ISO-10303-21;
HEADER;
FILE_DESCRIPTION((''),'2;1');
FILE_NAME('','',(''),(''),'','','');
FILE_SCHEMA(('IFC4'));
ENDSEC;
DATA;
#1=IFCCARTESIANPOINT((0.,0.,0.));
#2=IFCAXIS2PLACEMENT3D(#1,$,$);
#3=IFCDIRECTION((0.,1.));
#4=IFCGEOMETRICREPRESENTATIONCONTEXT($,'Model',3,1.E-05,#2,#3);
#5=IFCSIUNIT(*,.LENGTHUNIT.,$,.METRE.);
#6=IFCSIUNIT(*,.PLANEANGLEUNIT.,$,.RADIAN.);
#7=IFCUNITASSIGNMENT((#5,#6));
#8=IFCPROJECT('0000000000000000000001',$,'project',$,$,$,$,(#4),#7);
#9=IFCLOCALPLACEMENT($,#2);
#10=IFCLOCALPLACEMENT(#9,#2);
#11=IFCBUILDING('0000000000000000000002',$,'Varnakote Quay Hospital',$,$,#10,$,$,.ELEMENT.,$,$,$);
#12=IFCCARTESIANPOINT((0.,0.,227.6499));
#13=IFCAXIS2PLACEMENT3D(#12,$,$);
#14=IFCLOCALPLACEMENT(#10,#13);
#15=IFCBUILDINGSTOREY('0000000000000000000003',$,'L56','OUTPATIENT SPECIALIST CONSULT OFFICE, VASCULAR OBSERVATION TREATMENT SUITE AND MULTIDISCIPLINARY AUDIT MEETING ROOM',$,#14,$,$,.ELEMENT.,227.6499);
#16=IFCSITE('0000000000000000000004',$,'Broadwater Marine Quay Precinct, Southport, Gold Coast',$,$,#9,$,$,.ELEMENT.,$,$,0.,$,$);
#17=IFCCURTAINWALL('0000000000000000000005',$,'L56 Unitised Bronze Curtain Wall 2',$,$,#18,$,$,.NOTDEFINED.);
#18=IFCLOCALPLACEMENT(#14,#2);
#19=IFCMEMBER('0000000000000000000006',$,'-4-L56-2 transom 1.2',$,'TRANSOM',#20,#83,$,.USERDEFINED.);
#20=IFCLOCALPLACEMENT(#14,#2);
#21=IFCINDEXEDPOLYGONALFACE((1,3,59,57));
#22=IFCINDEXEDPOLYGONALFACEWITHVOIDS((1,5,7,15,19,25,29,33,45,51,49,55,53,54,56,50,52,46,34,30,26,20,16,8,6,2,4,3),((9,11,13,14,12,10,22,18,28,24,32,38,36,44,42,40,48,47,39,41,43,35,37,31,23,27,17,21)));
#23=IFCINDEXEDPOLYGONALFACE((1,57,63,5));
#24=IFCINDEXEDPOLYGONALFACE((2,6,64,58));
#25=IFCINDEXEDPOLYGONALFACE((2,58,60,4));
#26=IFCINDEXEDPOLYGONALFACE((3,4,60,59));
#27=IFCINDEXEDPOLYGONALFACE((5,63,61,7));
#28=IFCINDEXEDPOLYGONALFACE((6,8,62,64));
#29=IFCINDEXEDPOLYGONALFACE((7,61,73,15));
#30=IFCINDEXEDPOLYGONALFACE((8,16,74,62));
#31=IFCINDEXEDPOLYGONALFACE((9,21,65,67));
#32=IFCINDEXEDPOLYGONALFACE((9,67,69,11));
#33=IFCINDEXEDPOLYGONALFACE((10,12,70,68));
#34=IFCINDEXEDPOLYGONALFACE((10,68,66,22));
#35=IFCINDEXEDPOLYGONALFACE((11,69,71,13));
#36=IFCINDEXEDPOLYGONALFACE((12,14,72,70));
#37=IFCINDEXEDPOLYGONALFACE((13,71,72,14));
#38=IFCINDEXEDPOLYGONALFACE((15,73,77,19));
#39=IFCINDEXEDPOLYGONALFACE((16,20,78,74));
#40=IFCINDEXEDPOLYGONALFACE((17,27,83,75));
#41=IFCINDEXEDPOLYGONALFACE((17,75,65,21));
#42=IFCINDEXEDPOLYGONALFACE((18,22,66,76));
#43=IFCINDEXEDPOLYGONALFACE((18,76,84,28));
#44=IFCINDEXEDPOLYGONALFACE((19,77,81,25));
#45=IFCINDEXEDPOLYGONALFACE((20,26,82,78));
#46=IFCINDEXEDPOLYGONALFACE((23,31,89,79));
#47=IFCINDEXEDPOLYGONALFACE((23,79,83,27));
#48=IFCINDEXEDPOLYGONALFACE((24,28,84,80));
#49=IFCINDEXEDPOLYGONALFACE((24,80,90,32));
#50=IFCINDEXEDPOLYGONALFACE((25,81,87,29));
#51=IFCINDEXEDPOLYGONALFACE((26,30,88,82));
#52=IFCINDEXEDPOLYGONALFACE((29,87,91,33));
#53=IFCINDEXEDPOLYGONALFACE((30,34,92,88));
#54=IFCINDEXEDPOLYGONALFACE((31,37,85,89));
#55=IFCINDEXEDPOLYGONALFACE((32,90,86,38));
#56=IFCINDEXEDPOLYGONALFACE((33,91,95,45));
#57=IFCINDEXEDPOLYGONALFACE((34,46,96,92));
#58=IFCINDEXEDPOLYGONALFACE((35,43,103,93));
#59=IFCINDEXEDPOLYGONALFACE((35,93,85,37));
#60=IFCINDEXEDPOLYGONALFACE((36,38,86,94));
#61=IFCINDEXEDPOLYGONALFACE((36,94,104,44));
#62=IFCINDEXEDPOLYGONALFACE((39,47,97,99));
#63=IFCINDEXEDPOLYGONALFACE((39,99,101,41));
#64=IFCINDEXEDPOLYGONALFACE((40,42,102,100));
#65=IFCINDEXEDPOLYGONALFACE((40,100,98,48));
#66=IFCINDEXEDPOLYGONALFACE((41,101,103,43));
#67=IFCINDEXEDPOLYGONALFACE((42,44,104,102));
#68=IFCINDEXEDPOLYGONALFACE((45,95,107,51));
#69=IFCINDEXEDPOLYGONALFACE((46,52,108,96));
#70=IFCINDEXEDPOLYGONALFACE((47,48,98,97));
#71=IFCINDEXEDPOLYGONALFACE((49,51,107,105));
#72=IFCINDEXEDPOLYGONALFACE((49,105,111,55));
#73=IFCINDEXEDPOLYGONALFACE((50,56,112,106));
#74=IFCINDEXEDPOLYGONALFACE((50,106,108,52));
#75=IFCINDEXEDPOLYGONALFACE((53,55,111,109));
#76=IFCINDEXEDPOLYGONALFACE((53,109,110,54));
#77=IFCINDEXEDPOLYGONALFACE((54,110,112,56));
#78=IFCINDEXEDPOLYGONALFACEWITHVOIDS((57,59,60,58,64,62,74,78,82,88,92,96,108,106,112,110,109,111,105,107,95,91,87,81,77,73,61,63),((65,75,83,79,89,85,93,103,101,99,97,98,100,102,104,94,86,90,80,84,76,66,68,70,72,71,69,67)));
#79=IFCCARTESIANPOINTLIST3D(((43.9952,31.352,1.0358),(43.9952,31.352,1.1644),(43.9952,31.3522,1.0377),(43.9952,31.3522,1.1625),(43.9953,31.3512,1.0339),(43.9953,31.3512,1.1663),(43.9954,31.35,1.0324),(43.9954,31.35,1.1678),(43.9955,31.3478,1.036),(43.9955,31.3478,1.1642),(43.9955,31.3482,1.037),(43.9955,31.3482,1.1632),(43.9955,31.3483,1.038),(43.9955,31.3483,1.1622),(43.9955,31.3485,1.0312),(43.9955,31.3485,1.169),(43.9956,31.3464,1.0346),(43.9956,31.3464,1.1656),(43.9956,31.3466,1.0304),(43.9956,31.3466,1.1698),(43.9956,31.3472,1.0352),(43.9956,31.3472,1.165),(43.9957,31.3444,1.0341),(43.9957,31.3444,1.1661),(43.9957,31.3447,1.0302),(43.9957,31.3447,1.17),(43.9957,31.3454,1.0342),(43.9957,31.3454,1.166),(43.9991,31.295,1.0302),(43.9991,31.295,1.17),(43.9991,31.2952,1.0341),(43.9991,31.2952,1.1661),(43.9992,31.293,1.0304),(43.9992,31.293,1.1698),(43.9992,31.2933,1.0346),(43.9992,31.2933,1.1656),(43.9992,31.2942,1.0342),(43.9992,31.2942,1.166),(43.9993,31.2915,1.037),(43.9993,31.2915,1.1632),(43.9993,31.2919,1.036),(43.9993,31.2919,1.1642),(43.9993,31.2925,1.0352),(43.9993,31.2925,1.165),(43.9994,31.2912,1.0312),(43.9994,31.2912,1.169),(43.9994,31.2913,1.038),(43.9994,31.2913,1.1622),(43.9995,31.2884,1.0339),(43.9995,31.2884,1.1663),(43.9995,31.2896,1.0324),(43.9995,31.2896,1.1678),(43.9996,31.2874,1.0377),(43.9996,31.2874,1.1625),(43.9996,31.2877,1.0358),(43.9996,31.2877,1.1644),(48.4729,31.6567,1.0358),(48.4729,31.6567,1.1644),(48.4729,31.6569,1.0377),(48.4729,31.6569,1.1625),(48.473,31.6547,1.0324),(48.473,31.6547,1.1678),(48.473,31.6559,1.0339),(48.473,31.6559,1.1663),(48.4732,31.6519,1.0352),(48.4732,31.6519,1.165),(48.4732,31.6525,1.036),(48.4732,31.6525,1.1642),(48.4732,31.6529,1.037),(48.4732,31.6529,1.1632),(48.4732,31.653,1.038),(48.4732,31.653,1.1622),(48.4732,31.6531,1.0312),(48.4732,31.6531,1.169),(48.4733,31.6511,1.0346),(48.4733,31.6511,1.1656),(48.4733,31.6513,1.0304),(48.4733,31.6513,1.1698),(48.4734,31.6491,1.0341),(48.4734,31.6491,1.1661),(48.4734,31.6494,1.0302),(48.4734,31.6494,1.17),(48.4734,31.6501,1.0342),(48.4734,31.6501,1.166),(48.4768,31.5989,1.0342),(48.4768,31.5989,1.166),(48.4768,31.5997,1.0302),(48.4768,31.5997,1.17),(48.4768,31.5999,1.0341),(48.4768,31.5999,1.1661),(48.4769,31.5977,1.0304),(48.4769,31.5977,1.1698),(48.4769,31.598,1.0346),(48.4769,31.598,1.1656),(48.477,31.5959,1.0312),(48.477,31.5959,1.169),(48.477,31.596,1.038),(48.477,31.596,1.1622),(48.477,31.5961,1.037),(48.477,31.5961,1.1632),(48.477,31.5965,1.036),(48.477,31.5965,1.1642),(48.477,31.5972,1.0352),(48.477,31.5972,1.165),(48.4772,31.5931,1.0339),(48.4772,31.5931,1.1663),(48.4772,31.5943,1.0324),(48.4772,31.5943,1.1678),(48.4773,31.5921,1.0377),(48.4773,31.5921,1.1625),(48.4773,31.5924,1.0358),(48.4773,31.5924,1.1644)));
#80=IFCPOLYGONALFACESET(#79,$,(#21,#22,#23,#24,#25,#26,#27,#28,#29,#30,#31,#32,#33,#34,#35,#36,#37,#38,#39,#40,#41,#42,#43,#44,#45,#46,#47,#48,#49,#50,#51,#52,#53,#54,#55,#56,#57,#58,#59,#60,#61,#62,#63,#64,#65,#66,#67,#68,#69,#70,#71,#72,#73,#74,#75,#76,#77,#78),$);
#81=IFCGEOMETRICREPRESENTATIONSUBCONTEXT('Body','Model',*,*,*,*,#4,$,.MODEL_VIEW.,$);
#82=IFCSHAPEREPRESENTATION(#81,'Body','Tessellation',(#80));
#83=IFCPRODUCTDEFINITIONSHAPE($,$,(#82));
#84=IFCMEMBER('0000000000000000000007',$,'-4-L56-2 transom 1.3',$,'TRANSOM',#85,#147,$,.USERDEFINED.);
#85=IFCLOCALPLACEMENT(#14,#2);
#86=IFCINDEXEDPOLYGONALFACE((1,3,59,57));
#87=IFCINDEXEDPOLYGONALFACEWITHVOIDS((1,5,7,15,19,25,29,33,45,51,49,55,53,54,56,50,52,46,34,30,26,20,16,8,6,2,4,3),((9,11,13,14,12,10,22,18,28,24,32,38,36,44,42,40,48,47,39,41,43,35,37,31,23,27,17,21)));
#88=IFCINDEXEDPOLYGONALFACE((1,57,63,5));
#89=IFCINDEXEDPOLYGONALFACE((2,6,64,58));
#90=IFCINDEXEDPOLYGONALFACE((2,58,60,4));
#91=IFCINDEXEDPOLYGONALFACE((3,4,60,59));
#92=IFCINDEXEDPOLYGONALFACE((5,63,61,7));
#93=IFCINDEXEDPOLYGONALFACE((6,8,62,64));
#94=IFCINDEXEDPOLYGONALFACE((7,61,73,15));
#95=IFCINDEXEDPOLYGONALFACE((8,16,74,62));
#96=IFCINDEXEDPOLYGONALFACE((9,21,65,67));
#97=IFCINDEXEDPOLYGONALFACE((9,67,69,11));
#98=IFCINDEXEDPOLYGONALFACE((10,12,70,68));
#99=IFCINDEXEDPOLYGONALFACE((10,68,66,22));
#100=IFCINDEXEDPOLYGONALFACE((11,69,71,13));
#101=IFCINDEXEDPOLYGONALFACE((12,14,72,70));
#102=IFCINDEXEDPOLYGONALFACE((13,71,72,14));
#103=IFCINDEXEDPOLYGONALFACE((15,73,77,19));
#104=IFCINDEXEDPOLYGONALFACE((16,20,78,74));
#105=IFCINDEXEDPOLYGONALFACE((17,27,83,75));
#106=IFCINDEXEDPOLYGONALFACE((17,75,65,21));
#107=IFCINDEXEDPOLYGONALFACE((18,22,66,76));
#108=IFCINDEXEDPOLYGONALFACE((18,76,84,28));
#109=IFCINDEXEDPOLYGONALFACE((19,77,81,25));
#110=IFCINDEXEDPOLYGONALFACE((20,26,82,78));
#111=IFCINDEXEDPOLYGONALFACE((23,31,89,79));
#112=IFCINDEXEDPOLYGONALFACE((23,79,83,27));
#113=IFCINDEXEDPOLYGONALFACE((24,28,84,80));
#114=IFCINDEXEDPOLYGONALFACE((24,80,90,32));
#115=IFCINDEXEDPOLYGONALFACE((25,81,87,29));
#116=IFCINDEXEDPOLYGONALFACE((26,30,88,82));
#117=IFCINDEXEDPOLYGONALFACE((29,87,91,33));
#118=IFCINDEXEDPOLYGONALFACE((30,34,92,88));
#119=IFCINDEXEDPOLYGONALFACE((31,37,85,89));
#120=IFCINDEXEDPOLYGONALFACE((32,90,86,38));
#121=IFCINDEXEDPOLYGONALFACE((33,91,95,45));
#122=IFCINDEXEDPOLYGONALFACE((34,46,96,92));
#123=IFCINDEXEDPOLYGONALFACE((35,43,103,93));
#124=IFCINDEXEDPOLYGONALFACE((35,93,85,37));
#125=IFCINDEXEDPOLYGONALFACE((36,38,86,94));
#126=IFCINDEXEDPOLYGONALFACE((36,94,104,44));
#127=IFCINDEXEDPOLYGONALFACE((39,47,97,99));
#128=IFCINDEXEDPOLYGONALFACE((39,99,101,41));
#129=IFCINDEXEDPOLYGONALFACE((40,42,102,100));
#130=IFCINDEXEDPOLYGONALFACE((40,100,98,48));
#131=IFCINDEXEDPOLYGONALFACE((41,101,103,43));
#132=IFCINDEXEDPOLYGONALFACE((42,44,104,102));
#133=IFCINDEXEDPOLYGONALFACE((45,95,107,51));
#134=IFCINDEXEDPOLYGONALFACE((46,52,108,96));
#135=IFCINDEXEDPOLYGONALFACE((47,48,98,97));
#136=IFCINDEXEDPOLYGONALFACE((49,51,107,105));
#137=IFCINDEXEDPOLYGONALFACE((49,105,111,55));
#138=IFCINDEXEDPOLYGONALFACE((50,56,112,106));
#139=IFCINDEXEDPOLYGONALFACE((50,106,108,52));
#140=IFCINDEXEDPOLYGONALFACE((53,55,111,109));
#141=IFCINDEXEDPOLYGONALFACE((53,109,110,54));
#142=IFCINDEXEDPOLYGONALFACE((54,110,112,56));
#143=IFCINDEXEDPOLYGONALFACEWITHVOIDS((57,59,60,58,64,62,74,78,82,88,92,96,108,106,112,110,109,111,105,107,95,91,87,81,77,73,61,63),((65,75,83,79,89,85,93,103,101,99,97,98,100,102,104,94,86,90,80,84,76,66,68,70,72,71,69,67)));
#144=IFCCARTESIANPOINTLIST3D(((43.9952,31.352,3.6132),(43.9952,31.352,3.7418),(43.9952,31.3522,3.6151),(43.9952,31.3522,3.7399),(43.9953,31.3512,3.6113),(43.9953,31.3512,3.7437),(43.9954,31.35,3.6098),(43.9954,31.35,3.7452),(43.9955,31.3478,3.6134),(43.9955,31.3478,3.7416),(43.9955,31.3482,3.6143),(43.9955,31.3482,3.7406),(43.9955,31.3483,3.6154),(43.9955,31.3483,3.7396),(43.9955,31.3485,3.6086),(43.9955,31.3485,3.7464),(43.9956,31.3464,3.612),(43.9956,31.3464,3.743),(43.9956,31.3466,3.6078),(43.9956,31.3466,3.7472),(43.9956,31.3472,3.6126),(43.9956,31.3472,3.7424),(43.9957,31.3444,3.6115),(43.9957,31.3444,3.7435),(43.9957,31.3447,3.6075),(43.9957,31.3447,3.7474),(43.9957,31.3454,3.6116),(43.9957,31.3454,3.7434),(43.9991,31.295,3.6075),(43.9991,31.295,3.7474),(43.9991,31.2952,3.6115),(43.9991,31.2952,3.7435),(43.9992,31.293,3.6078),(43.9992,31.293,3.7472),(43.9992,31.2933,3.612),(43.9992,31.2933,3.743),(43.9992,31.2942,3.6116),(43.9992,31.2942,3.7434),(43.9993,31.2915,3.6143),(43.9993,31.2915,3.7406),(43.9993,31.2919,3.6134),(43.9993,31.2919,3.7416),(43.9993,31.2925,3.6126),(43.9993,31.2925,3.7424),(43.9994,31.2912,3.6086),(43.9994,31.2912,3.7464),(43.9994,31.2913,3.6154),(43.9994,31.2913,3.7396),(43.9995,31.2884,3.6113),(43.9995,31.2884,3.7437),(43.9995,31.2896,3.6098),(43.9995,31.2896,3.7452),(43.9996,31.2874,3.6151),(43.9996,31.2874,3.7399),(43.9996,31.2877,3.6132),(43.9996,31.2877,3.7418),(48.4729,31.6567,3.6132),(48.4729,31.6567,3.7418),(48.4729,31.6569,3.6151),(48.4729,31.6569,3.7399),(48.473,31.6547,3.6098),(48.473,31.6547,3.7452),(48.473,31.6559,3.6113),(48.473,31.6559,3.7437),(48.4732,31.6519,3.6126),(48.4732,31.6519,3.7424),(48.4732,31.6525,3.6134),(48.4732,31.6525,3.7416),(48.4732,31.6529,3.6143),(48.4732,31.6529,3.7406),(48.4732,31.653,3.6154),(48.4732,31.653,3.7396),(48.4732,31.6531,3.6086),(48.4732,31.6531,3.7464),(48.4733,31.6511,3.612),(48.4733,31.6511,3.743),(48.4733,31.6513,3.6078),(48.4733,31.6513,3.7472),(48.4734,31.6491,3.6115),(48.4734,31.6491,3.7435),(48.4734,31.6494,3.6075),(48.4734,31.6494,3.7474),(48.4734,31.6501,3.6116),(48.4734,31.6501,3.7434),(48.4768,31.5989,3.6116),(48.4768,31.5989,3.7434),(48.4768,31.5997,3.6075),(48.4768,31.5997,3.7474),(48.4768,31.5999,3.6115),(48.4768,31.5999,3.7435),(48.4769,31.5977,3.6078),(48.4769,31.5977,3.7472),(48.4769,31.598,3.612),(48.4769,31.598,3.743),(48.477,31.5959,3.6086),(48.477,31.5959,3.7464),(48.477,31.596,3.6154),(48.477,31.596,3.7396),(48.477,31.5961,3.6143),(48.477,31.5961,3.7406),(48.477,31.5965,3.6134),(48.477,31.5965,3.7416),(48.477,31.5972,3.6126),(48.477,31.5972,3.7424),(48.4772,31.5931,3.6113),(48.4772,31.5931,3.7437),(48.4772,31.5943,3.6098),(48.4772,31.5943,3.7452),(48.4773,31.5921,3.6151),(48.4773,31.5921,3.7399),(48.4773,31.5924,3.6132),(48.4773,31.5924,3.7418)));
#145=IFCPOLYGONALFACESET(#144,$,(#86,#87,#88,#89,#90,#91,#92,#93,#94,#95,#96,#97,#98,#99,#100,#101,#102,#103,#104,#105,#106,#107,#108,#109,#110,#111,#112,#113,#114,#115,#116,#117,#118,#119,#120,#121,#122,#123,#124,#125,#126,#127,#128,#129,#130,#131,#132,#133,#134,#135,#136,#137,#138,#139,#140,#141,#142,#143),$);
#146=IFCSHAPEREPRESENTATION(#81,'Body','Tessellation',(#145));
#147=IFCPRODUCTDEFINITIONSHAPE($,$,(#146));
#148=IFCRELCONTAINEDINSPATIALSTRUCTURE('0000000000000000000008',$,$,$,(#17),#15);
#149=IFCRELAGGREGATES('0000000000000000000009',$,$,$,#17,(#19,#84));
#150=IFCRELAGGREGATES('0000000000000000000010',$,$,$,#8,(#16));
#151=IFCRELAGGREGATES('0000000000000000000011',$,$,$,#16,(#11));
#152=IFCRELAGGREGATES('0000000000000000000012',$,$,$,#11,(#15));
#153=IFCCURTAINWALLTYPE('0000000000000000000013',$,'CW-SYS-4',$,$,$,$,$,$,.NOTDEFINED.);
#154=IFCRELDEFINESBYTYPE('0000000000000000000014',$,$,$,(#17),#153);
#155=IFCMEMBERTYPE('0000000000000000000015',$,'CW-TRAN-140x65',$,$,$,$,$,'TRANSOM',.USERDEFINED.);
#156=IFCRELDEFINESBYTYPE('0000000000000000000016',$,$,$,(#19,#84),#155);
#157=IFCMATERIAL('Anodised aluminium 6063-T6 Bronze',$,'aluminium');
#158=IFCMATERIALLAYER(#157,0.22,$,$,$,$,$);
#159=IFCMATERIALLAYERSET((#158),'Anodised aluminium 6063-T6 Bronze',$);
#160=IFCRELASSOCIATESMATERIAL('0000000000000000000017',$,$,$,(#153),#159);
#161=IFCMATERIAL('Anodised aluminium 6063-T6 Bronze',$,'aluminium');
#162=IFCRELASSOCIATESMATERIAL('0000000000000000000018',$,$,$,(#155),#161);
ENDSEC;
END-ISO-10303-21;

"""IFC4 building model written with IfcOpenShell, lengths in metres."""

from ifc_helpers import new_model, si_unit, direction, frame, origin, origin_2d, place, context, subcontext, project, spatial, hollow_rectangle, extrude, material, layer, layer_set, material_profile, profile_set, type_object, element, aggregate, save


model = new_model("IFC4")

# Units and contexts
model_context = context("Model", 3, precision=1e-05, world=origin(), true_north=direction((0.0, 1.0)))
body_context = subcontext(model_context, "Body", "Model", "MODEL_VIEW")
ifc_project = project(units=[si_unit("LENGTHUNIT", "METRE"), si_unit("PLANEANGLEUNIT", "RADIAN")], contexts=[model_context])

# Site, building, storey
site_placement = place(None, origin())
site = spatial("IfcSite", under=ifc_project, at=site_placement, Name="Broadwater Marine Quay Precinct, Southport, Gold Coast", CompositionType="ELEMENT", RefElevation=0.0)
building_placement = place(site_placement, origin())
building = spatial("IfcBuilding", under=site, at=building_placement, Name="Varnakote Quay Hospital", CompositionType="ELEMENT")
storey_placement = place(building_placement, frame((0.0, 0.0, 227.6499)))
storey = spatial("IfcBuildingStorey", under=building, at=storey_placement, Name="L56", Description="OUTPATIENT SPECIALIST CONSULT OFFICE, VASCULAR OBSERVATION TREATMENT SUITE AND MULTIDISCIPLINARY AUDIT MEETING ROOM", CompositionType="ELEMENT", Elevation=227.6499)

# Curtain wall
ifc_material_1 = material(Name="Anodised aluminium 6063-T6 Bronze", Category="aluminium")
ifc_layer_1 = layer(ifc_material_1, 0.22)
ifc_layer_set_1 = layer_set([ifc_layer_1], Name="Anodised aluminium 6063-T6 Bronze")
curtain_wall_type = type_object("IfcCurtainWallType", Name="CW-SYS-4", PredefinedType="NOTDEFINED", material=ifc_layer_set_1)
curtain_wall_1_placement = place(storey_placement, origin())
curtain_wall_1 = element("IfcCurtainWall", 1, at=curtain_wall_1_placement, inside=storey, type_object=curtain_wall_type, Name="L56 Unitised Bronze Curtain Wall 2", PredefinedType="NOTDEFINED")

# Members
ifc_material_2 = material(Name="Anodised aluminium 6063-T6 Bronze", Category="aluminium")
ifc_material_profile_1 = material_profile(ifc_material_2, hollow_rectangle(XDim=0.0649, YDim=0.1399, WallThickness=0.0039, InnerFilletRadius=0.0039, OuterFilletRadius=0.0076, at=origin_2d()), Name="CW-TRAN-140x65")
ifc_profile_set_1 = profile_set([ifc_material_profile_1], Name="Anodised aluminium 6063-T6 Bronze")
member_type_1 = type_object("IfcMemberType", Name="CW-TRAN-140x65", ElementType="TRANSOM", PredefinedType="USERDEFINED", material=ifc_profile_set_1)
member_1_placement = place(storey_placement, frame((48.4751, 31.6245, 1.1001), z_axis=(-0.997693, -0.067887, 0.0), x_axis=(0.067887, -0.997693, 0.0)))
member_1 = element("IfcMember", 2, at=member_1_placement, type_object=member_type_1, Name="-4-L56-2 transom 1.2", ObjectType="TRANSOM", PredefinedType="USERDEFINED", context=body_context, shape_type="SweptSolid", body=[
    extrude(hollow_rectangle(XDim=0.0649, YDim=0.1399, WallThickness=0.0039, InnerFilletRadius=0.0039, OuterFilletRadius=0.0076, at=origin_2d()), origin(), (0.0, 0.0, 1.0), 4.488),
])
member_2_placement = place(storey_placement, frame((48.4751, 31.6245, 3.6775), z_axis=(-0.997693, -0.067887, 0.0), x_axis=(0.067887, -0.997693, 0.0)))
member_2 = element("IfcMember", 3, at=member_2_placement, type_object=member_type_1, Name="-4-L56-2 transom 1.3", ObjectType="TRANSOM", PredefinedType="USERDEFINED", context=body_context, shape_type="SweptSolid", body=[
    extrude(hollow_rectangle(XDim=0.0649, YDim=0.1399, WallThickness=0.0039, InnerFilletRadius=0.0039, OuterFilletRadius=0.0076, at=origin_2d()), origin(), (0.0, 0.0, 1.0), 4.488),
])

aggregate(curtain_wall_1, [member_1, member_2])

save(model, "model.ifc")
